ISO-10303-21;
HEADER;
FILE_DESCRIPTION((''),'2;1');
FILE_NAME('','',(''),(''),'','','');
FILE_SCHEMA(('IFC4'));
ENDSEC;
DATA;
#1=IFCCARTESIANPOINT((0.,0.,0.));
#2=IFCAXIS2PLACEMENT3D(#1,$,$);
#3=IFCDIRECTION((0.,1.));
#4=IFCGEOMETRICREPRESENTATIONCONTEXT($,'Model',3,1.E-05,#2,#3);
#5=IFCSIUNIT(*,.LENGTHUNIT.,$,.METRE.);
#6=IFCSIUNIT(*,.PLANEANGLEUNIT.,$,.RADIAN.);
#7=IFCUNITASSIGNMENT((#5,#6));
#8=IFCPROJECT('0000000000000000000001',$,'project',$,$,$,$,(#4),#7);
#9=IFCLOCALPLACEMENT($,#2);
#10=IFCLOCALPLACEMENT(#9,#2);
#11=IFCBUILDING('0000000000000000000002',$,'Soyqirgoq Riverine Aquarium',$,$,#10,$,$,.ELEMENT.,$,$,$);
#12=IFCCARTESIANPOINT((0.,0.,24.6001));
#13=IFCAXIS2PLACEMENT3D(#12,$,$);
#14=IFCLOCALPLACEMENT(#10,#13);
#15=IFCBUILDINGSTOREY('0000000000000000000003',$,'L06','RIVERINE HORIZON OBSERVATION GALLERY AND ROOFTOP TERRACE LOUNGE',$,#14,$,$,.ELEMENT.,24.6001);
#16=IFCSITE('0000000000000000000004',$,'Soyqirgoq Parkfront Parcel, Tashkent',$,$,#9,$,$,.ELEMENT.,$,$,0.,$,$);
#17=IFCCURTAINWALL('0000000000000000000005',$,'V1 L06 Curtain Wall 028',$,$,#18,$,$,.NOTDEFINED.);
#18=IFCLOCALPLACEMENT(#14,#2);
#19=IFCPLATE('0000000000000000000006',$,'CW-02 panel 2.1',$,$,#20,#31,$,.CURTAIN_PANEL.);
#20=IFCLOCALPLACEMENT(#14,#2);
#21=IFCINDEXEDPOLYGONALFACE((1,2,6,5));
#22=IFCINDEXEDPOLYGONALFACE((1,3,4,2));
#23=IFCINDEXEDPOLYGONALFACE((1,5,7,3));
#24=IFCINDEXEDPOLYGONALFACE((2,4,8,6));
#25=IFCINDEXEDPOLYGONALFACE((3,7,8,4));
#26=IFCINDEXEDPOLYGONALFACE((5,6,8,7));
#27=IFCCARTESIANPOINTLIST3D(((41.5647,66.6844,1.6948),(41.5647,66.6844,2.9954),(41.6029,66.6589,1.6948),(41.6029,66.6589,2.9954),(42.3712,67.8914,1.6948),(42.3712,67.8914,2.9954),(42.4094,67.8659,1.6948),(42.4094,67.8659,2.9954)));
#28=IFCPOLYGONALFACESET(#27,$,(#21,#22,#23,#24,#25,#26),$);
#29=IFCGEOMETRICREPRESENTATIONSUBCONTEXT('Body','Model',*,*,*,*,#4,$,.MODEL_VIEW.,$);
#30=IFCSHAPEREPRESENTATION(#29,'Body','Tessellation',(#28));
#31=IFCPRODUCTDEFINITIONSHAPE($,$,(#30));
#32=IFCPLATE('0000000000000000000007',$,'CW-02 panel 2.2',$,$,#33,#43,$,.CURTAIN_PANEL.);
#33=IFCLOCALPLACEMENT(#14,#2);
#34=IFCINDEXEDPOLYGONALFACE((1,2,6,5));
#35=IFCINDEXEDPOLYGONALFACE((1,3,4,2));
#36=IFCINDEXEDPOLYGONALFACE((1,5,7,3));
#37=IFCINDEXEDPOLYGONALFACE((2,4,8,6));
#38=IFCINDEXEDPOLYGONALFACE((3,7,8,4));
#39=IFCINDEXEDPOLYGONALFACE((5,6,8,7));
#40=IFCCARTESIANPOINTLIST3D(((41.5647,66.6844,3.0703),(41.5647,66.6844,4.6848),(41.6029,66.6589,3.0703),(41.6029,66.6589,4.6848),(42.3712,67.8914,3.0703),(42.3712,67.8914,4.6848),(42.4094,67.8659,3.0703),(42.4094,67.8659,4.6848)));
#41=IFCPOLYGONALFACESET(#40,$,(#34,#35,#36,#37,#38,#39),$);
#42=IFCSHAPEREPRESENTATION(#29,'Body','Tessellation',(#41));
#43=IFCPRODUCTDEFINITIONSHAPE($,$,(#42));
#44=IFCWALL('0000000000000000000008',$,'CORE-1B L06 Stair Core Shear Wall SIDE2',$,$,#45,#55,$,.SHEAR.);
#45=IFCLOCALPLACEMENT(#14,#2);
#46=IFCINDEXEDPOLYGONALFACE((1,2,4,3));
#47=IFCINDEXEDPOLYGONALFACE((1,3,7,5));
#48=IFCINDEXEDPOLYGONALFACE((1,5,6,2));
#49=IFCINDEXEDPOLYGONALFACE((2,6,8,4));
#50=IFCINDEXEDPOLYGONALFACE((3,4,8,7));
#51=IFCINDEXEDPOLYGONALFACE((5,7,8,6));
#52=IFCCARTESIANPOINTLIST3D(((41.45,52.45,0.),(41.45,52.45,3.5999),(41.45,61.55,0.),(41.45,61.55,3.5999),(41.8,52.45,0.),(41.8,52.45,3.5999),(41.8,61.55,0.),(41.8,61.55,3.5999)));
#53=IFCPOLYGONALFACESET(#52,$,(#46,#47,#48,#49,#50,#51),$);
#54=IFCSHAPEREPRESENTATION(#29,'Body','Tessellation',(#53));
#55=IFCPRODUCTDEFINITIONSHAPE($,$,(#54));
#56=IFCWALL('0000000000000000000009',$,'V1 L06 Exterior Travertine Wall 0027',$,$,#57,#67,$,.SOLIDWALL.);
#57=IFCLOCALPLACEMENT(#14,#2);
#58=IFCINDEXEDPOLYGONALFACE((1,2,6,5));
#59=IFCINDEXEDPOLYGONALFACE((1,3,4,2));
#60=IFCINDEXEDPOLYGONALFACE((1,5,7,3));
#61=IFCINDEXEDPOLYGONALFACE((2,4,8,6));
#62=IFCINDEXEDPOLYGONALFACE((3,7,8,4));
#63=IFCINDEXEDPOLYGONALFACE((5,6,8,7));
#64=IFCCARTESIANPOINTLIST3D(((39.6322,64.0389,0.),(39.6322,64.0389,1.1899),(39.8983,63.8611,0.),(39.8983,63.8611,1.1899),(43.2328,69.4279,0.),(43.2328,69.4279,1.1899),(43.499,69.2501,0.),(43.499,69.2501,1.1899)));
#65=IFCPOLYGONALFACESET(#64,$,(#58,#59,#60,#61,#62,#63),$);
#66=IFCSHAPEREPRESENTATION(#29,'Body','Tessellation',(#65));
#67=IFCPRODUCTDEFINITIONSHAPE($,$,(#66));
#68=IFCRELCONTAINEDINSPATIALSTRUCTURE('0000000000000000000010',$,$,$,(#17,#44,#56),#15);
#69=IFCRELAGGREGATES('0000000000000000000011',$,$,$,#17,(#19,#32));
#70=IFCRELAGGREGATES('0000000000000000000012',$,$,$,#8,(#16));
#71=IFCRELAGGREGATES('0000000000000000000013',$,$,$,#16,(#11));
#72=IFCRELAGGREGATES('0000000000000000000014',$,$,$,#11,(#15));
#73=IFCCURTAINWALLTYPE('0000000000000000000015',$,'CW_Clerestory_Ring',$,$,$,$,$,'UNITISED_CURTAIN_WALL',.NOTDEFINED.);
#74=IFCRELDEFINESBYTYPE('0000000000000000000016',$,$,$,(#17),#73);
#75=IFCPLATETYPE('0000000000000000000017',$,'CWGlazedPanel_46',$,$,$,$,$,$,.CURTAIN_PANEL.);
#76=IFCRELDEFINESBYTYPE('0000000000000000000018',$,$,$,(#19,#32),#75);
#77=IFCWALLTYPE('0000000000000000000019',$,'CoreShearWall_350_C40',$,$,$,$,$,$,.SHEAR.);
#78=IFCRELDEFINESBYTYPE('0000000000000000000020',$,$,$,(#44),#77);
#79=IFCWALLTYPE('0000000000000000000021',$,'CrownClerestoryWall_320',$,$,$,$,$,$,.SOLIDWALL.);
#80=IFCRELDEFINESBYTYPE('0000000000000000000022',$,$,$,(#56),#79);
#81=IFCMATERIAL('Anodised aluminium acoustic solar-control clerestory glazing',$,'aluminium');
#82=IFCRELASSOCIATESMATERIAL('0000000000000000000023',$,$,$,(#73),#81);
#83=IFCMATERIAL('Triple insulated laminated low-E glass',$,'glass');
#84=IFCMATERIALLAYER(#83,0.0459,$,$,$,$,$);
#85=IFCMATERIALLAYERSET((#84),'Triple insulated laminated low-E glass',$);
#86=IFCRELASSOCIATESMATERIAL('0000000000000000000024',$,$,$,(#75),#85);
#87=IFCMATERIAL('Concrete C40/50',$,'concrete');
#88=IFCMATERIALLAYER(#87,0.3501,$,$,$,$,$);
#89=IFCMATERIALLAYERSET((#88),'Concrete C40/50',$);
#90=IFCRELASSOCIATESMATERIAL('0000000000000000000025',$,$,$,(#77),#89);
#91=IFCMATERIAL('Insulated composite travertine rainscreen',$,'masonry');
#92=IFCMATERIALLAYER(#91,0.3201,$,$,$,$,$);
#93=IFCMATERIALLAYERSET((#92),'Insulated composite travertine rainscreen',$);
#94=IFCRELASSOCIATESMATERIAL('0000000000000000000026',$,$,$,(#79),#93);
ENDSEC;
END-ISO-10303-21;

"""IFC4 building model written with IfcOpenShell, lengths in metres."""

from ifc_helpers import new_model, si_unit, direction, frame, frame_2d, origin, origin_2d, place, context, subcontext, project, spatial, rectangle, extrude, material, layer, layer_set, type_object, element, aggregate, save


model = new_model("IFC4")

# Units and contexts
model_context = context("Model", 3, precision=1e-05, world=origin(), true_north=direction((0.0, 1.0)))
body_context = subcontext(model_context, "Body", "Model", "MODEL_VIEW")
ifc_project = project(units=[si_unit("LENGTHUNIT", "METRE"), si_unit("PLANEANGLEUNIT", "RADIAN")], contexts=[model_context])

# Site, building, storey
site_placement = place(None, origin())
site = spatial("IfcSite", under=ifc_project, at=site_placement, Name="Soyqirgoq Parkfront Parcel, Tashkent", CompositionType="ELEMENT", RefElevation=0.0)
building_placement = place(site_placement, origin())
building = spatial("IfcBuilding", under=site, at=building_placement, Name="Soyqirgoq Riverine Aquarium", CompositionType="ELEMENT")
storey_placement = place(building_placement, frame((0.0, 0.0, 24.6001)))
storey = spatial("IfcBuildingStorey", under=building, at=storey_placement, Name="L06", Description="RIVERINE HORIZON OBSERVATION GALLERY AND ROOFTOP TERRACE LOUNGE", CompositionType="ELEMENT", Elevation=24.6001)

# Curtain wall, plates
ifc_material_1 = material(Name="Anodised aluminium acoustic solar-control clerestory glazing", Category="aluminium")
curtain_wall_type = type_object("IfcCurtainWallType", Name="CW_Clerestory_Ring", ElementType="UNITISED_CURTAIN_WALL", PredefinedType="NOTDEFINED", material=ifc_material_1)
curtain_wall_placement = place(storey_placement, origin())
curtain_wall = element("IfcCurtainWall", 1, at=curtain_wall_placement, inside=storey, type_object=curtain_wall_type, Name="V1 L06 Curtain Wall 028", PredefinedType="NOTDEFINED")
ifc_material_2 = material(Name="Triple insulated laminated low-E glass", Category="glass")
ifc_layer_1 = layer(ifc_material_2, 0.0459)
ifc_layer_set_1 = layer_set([ifc_layer_1], Name="Triple insulated laminated low-E glass")
plate_type = type_object("IfcPlateType", Name="CWGlazedPanel_46", PredefinedType="CURTAIN_PANEL", material=ifc_layer_set_1)
plate_1_placement = place(storey_placement, frame((41.9871, 67.2751, 1.6948), z_axis=(0.0, 0.0, 1.0), x_axis=(-0.555579, -0.831464, 0.0)))
plate_1 = element("IfcPlate", 2, at=plate_1_placement, type_object=plate_type, Name="CW-02 panel 2.1", PredefinedType="CURTAIN_PANEL", context=body_context, shape_type="SweptSolid", body=[
    extrude(rectangle(XDim=1.4517, YDim=0.0459, at=origin_2d()), origin(), (0.0, 0.0, 1.0), 1.3005),
])
plate_2_placement = place(storey_placement, frame((41.9871, 67.2751, 3.0703), z_axis=(0.0, 0.0, 1.0), x_axis=(-0.555579, -0.831464, 0.0)))
plate_2 = element("IfcPlate", 3, at=plate_2_placement, type_object=plate_type, Name="CW-02 panel 2.2", PredefinedType="CURTAIN_PANEL", context=body_context, shape_type="SweptSolid", body=[
    extrude(rectangle(XDim=1.4517, YDim=0.0459, at=origin_2d()), origin(), (0.0, 0.0, 1.0), 1.6145),
])
aggregate(curtain_wall, [plate_1, plate_2])

# Walls
ifc_material_3 = material(Name="Concrete C40/50", Category="concrete")
ifc_layer_2 = layer(ifc_material_3, 0.3501)
ifc_layer_set_2 = layer_set([ifc_layer_2], Name="Concrete C40/50")
wall_type_1 = type_object("IfcWallType", Name="CoreShearWall_350_C40", PredefinedType="SHEAR", material=ifc_layer_set_2)
wall_1_placement = place(storey_placement, frame((41.625, 61.55, 0.0), z_axis=(0.0, 0.0, 1.0), x_axis=(0.0, -1.0, 0.0)))
element("IfcWall", 4, at=wall_1_placement, inside=storey, type_object=wall_type_1, Name="CORE-1B L06 Stair Core Shear Wall SIDE2", PredefinedType="SHEAR", context=body_context, shape_type="SweptSolid", body=[
    extrude(rectangle(XDim=9.1001, YDim=0.3501, at=frame_2d((4.55, 0.0))), origin(), (0.0, 0.0, 1.0), 3.5999),
])
ifc_material_4 = material(Name="Insulated composite travertine rainscreen", Category="masonry")
ifc_layer_3 = layer(ifc_material_4, 0.3201)
ifc_layer_set_3 = layer_set([ifc_layer_3], Name="Insulated composite travertine rainscreen")
wall_type_2 = type_object("IfcWallType", Name="CrownClerestoryWall_320", PredefinedType="SOLIDWALL", material=ifc_layer_set_3)
wall_2_placement = place(storey_placement, frame((43.366, 69.3391, 0.0), z_axis=(0.0, 0.0, 1.0), x_axis=(-0.555552, -0.831482, 0.0)))
element("IfcWall", 5, at=wall_2_placement, inside=storey, type_object=wall_type_2, Name="V1 L06 Exterior Travertine Wall 0027", PredefinedType="SOLIDWALL", context=body_context, shape_type="SweptSolid", body=[
    extrude(rectangle(XDim=6.4812, YDim=0.3201, at=frame_2d((3.2407, 0.0))), origin(), (0.0, 0.0, 1.0), 1.1899),
])

save(model, "model.ifc")
